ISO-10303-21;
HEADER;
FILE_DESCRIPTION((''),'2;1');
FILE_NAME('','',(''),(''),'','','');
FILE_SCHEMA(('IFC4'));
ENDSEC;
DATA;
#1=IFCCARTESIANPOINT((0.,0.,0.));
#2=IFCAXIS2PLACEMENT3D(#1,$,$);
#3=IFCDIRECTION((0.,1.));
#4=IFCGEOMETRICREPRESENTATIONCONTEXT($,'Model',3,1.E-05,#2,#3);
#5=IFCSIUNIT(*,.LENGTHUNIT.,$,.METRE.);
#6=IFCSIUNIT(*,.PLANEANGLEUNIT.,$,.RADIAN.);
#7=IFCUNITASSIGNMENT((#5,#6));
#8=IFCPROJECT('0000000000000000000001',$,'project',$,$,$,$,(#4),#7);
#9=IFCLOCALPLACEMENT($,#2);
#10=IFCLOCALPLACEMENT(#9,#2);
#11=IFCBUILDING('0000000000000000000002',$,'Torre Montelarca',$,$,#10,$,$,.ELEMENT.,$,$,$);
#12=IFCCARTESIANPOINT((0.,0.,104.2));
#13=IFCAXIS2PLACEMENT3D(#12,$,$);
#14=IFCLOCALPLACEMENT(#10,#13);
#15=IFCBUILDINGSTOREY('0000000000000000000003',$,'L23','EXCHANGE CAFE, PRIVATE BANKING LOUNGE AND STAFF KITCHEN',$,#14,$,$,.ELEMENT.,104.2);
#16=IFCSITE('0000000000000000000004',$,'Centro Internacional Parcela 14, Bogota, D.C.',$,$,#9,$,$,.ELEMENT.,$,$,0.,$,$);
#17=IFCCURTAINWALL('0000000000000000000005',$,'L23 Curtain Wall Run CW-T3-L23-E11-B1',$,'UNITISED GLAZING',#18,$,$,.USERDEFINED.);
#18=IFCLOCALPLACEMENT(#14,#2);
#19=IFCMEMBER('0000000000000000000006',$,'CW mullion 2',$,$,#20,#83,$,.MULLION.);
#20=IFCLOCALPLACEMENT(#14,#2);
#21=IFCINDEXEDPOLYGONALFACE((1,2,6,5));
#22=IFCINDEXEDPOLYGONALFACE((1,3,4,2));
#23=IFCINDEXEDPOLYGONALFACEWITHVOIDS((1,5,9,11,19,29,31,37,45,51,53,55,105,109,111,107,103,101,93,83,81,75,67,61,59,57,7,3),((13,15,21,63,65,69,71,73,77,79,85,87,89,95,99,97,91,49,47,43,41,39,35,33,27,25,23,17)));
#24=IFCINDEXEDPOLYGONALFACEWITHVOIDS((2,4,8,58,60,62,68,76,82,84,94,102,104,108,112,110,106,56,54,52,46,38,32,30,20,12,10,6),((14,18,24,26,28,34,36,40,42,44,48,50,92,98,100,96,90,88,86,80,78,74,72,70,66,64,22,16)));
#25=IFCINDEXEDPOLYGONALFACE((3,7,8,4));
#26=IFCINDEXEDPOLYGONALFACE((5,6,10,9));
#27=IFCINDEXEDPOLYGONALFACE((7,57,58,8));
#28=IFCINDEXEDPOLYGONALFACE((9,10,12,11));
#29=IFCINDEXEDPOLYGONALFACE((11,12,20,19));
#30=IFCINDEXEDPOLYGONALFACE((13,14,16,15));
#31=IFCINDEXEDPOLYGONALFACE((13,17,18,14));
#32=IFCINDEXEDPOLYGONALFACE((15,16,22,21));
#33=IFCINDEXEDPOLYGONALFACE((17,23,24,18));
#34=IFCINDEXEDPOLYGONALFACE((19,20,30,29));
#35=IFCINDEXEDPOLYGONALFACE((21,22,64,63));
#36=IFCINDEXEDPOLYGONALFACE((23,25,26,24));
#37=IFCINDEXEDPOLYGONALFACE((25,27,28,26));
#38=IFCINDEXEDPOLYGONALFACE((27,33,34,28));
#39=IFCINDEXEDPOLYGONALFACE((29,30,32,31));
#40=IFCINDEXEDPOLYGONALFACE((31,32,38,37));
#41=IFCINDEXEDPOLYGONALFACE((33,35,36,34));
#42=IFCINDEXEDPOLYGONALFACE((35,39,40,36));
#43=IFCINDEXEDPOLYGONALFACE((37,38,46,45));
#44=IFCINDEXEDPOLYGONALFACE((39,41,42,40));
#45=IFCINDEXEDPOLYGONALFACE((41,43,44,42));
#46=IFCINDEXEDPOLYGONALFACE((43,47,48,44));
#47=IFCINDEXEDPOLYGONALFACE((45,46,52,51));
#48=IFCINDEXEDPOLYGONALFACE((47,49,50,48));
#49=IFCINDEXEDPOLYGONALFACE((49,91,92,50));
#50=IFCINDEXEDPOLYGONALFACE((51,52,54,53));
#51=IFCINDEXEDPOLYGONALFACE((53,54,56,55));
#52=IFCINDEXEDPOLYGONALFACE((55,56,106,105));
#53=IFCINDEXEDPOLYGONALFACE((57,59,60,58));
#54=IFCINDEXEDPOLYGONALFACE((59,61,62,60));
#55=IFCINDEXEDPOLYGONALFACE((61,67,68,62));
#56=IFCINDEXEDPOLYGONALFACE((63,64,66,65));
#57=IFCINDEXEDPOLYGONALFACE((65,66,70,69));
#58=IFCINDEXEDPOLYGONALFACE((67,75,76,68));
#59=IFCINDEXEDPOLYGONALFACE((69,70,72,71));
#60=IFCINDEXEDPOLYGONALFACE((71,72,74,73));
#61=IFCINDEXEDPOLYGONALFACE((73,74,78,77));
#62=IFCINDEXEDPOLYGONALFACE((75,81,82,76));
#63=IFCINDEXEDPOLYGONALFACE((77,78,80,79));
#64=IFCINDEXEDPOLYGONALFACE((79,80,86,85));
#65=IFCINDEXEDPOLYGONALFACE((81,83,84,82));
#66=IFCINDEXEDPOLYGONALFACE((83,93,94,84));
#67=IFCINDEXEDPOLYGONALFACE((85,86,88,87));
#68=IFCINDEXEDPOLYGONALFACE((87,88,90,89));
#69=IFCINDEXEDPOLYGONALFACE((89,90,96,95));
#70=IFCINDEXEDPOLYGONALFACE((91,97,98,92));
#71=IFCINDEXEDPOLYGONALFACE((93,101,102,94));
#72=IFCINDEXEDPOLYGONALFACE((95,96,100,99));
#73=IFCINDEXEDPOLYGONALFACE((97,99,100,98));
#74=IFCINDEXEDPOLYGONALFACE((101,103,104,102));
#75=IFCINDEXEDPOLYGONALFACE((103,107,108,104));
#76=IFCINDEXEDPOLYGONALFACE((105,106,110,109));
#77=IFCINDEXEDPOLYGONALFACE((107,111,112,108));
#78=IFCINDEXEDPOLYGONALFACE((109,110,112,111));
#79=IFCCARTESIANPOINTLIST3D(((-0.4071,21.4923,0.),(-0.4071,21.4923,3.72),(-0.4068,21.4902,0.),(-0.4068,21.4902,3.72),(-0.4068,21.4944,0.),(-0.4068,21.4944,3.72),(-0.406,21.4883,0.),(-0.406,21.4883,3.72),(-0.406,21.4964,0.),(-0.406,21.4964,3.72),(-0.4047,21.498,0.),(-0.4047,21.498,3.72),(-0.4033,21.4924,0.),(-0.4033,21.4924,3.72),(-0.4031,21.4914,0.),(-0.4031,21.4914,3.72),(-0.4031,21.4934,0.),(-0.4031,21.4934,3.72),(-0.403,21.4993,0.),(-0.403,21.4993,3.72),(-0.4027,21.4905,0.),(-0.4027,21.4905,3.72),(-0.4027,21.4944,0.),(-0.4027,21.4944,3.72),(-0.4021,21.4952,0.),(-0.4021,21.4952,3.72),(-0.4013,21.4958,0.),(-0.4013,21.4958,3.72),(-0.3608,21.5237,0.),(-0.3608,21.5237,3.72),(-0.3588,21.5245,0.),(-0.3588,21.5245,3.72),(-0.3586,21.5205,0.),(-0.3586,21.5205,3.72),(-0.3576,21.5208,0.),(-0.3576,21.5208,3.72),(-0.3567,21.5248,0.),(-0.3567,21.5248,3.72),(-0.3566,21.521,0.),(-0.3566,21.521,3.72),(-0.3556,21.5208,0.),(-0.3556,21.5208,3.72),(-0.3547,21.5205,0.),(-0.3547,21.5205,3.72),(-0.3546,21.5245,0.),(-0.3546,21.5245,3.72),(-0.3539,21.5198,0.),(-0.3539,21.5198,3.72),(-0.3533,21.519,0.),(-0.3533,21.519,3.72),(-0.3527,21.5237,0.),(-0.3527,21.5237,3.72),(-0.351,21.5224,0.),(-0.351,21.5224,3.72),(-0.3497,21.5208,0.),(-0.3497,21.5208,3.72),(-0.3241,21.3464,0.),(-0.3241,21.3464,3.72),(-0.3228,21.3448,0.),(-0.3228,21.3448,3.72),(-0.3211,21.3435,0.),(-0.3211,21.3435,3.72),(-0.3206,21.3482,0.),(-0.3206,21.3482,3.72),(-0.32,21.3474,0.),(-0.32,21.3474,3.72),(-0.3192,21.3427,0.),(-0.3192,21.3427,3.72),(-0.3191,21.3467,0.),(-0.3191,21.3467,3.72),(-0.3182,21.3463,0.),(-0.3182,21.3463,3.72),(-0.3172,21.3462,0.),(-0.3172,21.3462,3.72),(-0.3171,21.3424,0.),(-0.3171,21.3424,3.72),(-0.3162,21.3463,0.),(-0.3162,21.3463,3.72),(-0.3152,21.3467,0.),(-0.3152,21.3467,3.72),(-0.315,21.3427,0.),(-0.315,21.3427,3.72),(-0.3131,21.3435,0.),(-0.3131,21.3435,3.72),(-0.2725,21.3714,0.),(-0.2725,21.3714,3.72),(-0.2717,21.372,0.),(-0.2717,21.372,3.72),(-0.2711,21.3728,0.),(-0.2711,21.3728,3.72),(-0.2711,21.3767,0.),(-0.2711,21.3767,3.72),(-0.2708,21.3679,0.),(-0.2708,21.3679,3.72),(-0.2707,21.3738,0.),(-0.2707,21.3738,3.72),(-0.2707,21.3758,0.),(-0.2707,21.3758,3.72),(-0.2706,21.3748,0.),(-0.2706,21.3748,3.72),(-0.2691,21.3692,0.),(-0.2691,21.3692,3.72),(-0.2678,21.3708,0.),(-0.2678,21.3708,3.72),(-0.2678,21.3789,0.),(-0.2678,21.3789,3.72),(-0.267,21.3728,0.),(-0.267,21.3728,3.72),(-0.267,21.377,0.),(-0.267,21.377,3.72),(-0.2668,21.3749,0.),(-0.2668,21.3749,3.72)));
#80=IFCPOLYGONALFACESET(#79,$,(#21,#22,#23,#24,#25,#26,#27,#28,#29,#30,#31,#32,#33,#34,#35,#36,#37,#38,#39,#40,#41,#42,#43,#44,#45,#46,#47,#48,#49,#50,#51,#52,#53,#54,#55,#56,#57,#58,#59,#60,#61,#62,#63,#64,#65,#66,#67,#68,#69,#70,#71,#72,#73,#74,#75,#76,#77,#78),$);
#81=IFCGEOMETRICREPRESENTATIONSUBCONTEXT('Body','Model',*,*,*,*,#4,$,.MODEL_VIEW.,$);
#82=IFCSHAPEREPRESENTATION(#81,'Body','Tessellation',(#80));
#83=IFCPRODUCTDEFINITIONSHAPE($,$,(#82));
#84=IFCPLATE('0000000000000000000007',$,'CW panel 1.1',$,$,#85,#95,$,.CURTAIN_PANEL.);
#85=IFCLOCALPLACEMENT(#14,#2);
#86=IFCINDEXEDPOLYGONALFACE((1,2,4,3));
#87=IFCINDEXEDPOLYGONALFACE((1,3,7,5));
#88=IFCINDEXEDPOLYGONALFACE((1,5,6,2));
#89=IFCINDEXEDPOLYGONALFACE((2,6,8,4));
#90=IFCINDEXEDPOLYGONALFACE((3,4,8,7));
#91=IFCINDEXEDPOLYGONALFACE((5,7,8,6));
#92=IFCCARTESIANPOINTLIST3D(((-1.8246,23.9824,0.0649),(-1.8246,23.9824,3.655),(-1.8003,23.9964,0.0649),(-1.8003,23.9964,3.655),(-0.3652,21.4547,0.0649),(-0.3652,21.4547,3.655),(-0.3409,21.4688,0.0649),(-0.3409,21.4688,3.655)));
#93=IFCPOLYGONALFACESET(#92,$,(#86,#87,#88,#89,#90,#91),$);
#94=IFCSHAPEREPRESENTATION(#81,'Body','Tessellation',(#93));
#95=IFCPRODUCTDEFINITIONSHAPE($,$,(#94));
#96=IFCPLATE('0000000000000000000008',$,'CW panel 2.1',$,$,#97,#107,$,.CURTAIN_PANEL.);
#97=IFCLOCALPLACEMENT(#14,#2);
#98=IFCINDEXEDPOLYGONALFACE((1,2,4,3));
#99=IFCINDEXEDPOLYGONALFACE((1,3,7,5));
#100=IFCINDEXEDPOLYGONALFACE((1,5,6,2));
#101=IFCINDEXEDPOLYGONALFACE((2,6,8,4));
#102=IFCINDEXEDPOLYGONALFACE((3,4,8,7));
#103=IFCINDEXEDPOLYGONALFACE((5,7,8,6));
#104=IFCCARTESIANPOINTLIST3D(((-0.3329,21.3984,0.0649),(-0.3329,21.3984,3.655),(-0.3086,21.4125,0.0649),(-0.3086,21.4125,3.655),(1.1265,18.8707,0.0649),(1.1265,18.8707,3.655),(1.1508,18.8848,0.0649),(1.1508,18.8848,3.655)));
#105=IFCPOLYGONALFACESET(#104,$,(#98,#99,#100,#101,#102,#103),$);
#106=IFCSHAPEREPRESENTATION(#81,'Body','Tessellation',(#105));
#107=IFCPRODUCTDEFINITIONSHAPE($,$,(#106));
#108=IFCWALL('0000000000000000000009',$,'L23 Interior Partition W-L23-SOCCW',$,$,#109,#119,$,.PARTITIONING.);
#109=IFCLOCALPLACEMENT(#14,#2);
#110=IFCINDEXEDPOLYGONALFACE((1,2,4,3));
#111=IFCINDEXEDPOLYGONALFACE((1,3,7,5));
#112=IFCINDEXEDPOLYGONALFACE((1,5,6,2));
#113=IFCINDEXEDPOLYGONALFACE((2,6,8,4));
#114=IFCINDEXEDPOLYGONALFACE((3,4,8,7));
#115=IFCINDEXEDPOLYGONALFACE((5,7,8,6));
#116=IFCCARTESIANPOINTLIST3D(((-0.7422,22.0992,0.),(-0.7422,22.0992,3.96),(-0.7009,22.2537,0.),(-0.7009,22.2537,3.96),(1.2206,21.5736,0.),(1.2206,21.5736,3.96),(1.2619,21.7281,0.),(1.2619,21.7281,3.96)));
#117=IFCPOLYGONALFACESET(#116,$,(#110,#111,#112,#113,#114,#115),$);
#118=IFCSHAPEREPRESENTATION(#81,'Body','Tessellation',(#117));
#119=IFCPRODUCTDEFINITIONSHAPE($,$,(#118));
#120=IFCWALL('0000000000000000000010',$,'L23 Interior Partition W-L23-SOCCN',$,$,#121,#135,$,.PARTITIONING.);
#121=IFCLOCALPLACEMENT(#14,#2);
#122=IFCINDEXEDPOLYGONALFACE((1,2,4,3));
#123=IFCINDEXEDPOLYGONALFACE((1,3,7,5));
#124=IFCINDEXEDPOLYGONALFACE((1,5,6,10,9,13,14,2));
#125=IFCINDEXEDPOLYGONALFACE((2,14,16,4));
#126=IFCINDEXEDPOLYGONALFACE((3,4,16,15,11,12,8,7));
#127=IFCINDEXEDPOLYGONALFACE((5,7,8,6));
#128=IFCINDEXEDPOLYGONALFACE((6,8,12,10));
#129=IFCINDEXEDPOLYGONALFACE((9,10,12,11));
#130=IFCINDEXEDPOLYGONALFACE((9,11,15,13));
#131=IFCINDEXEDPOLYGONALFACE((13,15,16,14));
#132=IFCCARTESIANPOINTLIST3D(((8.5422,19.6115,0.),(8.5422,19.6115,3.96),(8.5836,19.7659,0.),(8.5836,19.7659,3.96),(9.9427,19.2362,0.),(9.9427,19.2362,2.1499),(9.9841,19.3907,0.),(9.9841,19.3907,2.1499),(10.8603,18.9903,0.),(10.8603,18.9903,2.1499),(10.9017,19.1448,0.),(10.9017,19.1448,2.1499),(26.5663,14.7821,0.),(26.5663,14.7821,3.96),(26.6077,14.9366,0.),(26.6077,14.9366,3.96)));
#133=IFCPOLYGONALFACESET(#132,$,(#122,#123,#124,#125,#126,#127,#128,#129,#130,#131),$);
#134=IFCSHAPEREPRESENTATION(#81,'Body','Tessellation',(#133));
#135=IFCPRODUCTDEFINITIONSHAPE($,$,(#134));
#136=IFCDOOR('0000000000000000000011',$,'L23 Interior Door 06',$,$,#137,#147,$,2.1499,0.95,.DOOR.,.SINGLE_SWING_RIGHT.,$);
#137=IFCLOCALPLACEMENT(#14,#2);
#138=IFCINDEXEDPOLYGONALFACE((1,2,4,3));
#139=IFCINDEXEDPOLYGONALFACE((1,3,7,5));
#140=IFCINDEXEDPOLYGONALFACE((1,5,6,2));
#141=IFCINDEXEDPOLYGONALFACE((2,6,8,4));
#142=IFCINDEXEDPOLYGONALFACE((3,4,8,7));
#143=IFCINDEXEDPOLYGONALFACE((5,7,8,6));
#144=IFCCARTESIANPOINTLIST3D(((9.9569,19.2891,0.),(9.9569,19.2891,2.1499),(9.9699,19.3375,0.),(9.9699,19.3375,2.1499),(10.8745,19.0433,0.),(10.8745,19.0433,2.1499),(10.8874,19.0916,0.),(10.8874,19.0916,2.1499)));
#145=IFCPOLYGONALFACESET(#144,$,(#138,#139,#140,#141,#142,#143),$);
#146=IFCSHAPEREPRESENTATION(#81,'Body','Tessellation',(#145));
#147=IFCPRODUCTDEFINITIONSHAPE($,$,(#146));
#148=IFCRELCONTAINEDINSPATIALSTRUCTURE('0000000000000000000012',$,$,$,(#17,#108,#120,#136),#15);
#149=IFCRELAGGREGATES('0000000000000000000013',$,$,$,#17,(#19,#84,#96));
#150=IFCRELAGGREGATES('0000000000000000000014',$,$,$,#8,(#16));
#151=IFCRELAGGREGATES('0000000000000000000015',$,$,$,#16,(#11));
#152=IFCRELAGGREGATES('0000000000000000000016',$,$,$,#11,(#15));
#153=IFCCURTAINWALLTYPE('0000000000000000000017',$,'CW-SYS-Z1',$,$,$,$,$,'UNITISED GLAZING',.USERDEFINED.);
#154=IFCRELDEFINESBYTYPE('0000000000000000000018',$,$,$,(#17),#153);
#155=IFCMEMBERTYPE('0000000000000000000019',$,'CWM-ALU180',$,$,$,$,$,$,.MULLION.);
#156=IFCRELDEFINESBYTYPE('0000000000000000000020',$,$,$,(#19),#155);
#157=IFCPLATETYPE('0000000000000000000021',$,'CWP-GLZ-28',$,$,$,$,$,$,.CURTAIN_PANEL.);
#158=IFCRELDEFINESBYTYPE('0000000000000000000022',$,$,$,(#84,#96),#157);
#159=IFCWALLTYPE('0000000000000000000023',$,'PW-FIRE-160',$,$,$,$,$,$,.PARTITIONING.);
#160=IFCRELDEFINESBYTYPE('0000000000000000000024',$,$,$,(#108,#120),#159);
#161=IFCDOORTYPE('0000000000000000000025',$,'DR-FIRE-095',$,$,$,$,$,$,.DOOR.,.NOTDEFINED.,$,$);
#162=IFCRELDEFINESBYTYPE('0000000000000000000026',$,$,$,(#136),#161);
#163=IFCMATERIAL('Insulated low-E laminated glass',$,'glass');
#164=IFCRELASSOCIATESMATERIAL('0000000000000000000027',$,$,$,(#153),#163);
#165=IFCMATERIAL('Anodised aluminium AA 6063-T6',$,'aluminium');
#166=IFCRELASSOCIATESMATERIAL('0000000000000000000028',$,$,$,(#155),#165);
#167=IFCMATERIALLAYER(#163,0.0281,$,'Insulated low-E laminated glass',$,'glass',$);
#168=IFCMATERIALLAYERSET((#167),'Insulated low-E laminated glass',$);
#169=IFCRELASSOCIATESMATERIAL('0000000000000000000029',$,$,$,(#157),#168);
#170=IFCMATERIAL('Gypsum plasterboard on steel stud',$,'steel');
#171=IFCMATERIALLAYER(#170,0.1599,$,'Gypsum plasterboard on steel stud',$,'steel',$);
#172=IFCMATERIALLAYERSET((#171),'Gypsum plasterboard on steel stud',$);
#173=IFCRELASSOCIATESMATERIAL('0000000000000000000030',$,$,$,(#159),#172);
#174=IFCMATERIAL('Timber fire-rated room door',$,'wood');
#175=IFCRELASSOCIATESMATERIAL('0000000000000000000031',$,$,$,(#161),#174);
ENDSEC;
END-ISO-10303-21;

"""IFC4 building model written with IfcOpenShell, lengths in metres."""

from ifc_helpers import new_model, si_unit, direction, frame, frame_2d, origin, origin_2d, place, context, subcontext, project, spatial, rectangle, hollow_rectangle, extrude, source, transform, mapped, material, layer, layer_set, material_profile, profile_set, type_object, element, fill, aggregate, save


model = new_model("IFC4")

# Units and contexts
model_context = context("Model", 3, precision=1e-05, world=origin(), true_north=direction((0.0, 1.0)))
body_context = subcontext(model_context, "Body", "Model", "MODEL_VIEW")
ifc_project = project(units=[si_unit("LENGTHUNIT", "METRE"), si_unit("PLANEANGLEUNIT", "RADIAN")], contexts=[model_context])

# Site, building, storey
site_placement = place(None, origin())
site = spatial("IfcSite", under=ifc_project, at=site_placement, Name="Centro Internacional Parcela 14, Bogota, D.C.", CompositionType="ELEMENT", RefElevation=0.0)
building_placement = place(site_placement, origin())
building = spatial("IfcBuilding", under=site, at=building_placement, Name="Torre Montelarca", CompositionType="ELEMENT")
storey_placement = place(building_placement, frame((0.0, 0.0, 104.2)))
storey = spatial("IfcBuildingStorey", under=building, at=storey_placement, Name="L23", Description="EXCHANGE CAFE, PRIVATE BANKING LOUNGE AND STAFF KITCHEN", CompositionType="ELEMENT", Elevation=104.2)

# Curtain wall
ifc_material_1 = material(Name="Insulated low-E laminated glass", Category="glass")
curtain_wall_type = type_object("IfcCurtainWallType", Name="CW-SYS-Z1", ElementType="UNITISED GLAZING", PredefinedType="USERDEFINED", material=ifc_material_1)
curtain_wall_1_placement = place(storey_placement, origin())
curtain_wall_1 = element("IfcCurtainWall", 1, at=curtain_wall_1_placement, inside=storey, type_object=curtain_wall_type, Name="L23 Curtain Wall Run CW-T3-L23-E11-B1", ObjectType="UNITISED GLAZING", PredefinedType="USERDEFINED")
ifc_material_2 = material(Name="Anodised aluminium AA 6063-T6", Category="aluminium")

# Shared definitions
ifc_material_profile_1 = material_profile(ifc_material_2, hollow_rectangle(XDim=0.0649, YDim=0.1799, WallThickness=0.0039, InnerFilletRadius=0.0039, OuterFilletRadius=0.0081, at=origin_2d()), Name="ALU65X180X4", Category="aluminium")
ifc_profile_set_1 = profile_set([ifc_material_profile_1], Name="Anodised aluminium AA 6063-T6")
member_type_1 = type_object("IfcMemberType", Name="CWM-ALU180", PredefinedType="MULLION", material=ifc_profile_set_1)
shared_shape_1 = source(origin(), body_context, "Body", "SweptSolid", [
    extrude(hollow_rectangle(XDim=0.0649, YDim=0.1799, WallThickness=0.0039, InnerFilletRadius=0.0039, OuterFilletRadius=0.0081, at=origin_2d()), origin(), (0.0, 0.0, 1.0), 3.72),
])

# Member
member_1_placement = place(storey_placement, frame((-0.3369, 21.4336, 0.0), z_axis=(0.0, 0.0, 1.0), x_axis=(0.866025, 0.500001, 0.0)))
member_1 = element("IfcMember", 2, at=member_1_placement, type_object=member_type_1, Name="CW mullion 2", PredefinedType="MULLION", context=body_context, shape_type="MappedRepresentation", body=[
    mapped(shared_shape_1, transform((0.0, 0.0, 0.0), scale=1.0)),
])

# Plates
ifc_layer_1 = layer(ifc_material_1, 0.0281, Name="Insulated low-E laminated glass", Category="glass")
ifc_layer_set_1 = layer_set([ifc_layer_1], Name="Insulated low-E laminated glass")
plate_type = type_object("IfcPlateType", Name="CWP-GLZ-28", PredefinedType="CURTAIN_PANEL", material=ifc_layer_set_1)
shared_shape_2 = source(origin(), body_context, "Body", "SweptSolid", [
    extrude(rectangle(XDim=2.9187, YDim=0.0281, at=origin_2d()), origin(), (0.0, 0.0, 1.0), 3.5901),
])
plate_1_placement = place(storey_placement, frame((-1.0828, 22.7256, 0.0649), z_axis=(0.0, 0.0, 1.0), x_axis=(0.500001, -0.866025, 0.0)))
plate_1 = element("IfcPlate", 3, at=plate_1_placement, type_object=plate_type, Name="CW panel 1.1", PredefinedType="CURTAIN_PANEL", context=body_context, shape_type="MappedRepresentation", body=[
    mapped(shared_shape_2, transform((0.0, 0.0, 0.0), scale=1.0)),
])
plate_2_placement = place(storey_placement, frame((0.4089, 20.1416, 0.0649), z_axis=(0.0, 0.0, 1.0), x_axis=(0.500001, -0.866025, 0.0)))
plate_2 = element("IfcPlate", 4, at=plate_2_placement, type_object=plate_type, Name="CW panel 2.1", PredefinedType="CURTAIN_PANEL", context=body_context, shape_type="MappedRepresentation", body=[
    mapped(shared_shape_2, transform((0.0, 0.0, 0.0), scale=1.0)),
])
aggregate(curtain_wall_1, [member_1, plate_1, plate_2])

# Wall
ifc_material_3 = material(Name="Gypsum plasterboard on steel stud", Category="steel")
ifc_layer_2 = layer(ifc_material_3, 0.1599, Name="Gypsum plasterboard on steel stud", Category="steel")
ifc_layer_set_2 = layer_set([ifc_layer_2], Name="Gypsum plasterboard on steel stud")
wall_type_1 = type_object("IfcWallType", Name="PW-FIRE-160", PredefinedType="PARTITIONING", material=ifc_layer_set_2)
wall_1_placement = place(storey_placement, frame((-0.7217, 22.1765, 0.0), z_axis=(0.0, 0.0, 1.0), x_axis=(0.965965, -0.258672, 0.0)))
element("IfcWall", 5, at=wall_1_placement, inside=storey, type_object=wall_type_1, Name="L23 Interior Partition W-L23-SOCCW", PredefinedType="PARTITIONING", context=body_context, shape_type="SweptSolid", body=[
    extrude(rectangle(XDim=2.032, YDim=0.1599, at=frame_2d((1.0161, 0.0))), origin(), (0.0, 0.0, 1.0), 3.96),
])

# Wall, opening, door
wall_2_placement = place(storey_placement, frame((8.5627, 19.6887, 0.0), z_axis=(0.0, 0.0, 1.0), x_axis=(0.965929, -0.258808, 0.0)))
wall_2 = element("IfcWall", 6, at=wall_2_placement, inside=storey, type_object=wall_type_1, Name="L23 Interior Partition W-L23-SOCCN", PredefinedType="PARTITIONING", context=body_context, shape_type="SweptSolid", body=[
    extrude(rectangle(XDim=18.6599, YDim=0.1599, at=frame_2d((9.3301, 0.0))), origin(), (0.0, 0.0, 1.0), 3.96),
])
opening_1_placement = place(wall_2_placement, frame((1.45, 0.0, 0.0)))
opening_1 = element("IfcOpeningElement", 7, at=opening_1_placement, cuts=wall_2, PredefinedType="OPENING", context=body_context, shape_type="SweptSolid", body=[
    extrude(rectangle(XDim=0.95, YDim=2.1499, at=frame_2d((0.4751, 1.075))), frame((0.0, 0.0898, 0.0), z_axis=(0.0, -1.0, 0.0), x_axis=(1.0, 0.0, 0.0)), (0.0, 0.0, 1.0), 0.1799),
])
ifc_material_4 = material(Name="Timber fire-rated room door", Category="wood")
door_type_1 = type_object("IfcDoorType", Name="DR-FIRE-095", OperationType="NOTDEFINED", PredefinedType="DOOR", material=ifc_material_4)
shared_shape_3 = source(origin(), body_context, "Body", "SweptSolid", [
    extrude(rectangle(XDim=0.95, YDim=2.1499, at=frame_2d((0.4751, 1.075))), frame((0.0, 0.0249, 0.0), z_axis=(0.0, -1.0, 0.0), x_axis=(1.0, 0.0, 0.0)), (0.0, 0.0, 1.0), 0.05),
])
door_1_placement = place(opening_1_placement, origin())
door_1 = element("IfcDoor", 8, at=door_1_placement, inside=storey, type_object=door_type_1, Name="L23 Interior Door 06", OperationType="SINGLE_SWING_RIGHT", OverallHeight=2.1499, OverallWidth=0.95, PredefinedType="DOOR", context=body_context, shape_type="MappedRepresentation", body=[
    mapped(shared_shape_3, transform((0.0, 0.0, 0.0), scale=1.0)),
])
fill(opening_1, door_1)

save(model, "model.ifc")
